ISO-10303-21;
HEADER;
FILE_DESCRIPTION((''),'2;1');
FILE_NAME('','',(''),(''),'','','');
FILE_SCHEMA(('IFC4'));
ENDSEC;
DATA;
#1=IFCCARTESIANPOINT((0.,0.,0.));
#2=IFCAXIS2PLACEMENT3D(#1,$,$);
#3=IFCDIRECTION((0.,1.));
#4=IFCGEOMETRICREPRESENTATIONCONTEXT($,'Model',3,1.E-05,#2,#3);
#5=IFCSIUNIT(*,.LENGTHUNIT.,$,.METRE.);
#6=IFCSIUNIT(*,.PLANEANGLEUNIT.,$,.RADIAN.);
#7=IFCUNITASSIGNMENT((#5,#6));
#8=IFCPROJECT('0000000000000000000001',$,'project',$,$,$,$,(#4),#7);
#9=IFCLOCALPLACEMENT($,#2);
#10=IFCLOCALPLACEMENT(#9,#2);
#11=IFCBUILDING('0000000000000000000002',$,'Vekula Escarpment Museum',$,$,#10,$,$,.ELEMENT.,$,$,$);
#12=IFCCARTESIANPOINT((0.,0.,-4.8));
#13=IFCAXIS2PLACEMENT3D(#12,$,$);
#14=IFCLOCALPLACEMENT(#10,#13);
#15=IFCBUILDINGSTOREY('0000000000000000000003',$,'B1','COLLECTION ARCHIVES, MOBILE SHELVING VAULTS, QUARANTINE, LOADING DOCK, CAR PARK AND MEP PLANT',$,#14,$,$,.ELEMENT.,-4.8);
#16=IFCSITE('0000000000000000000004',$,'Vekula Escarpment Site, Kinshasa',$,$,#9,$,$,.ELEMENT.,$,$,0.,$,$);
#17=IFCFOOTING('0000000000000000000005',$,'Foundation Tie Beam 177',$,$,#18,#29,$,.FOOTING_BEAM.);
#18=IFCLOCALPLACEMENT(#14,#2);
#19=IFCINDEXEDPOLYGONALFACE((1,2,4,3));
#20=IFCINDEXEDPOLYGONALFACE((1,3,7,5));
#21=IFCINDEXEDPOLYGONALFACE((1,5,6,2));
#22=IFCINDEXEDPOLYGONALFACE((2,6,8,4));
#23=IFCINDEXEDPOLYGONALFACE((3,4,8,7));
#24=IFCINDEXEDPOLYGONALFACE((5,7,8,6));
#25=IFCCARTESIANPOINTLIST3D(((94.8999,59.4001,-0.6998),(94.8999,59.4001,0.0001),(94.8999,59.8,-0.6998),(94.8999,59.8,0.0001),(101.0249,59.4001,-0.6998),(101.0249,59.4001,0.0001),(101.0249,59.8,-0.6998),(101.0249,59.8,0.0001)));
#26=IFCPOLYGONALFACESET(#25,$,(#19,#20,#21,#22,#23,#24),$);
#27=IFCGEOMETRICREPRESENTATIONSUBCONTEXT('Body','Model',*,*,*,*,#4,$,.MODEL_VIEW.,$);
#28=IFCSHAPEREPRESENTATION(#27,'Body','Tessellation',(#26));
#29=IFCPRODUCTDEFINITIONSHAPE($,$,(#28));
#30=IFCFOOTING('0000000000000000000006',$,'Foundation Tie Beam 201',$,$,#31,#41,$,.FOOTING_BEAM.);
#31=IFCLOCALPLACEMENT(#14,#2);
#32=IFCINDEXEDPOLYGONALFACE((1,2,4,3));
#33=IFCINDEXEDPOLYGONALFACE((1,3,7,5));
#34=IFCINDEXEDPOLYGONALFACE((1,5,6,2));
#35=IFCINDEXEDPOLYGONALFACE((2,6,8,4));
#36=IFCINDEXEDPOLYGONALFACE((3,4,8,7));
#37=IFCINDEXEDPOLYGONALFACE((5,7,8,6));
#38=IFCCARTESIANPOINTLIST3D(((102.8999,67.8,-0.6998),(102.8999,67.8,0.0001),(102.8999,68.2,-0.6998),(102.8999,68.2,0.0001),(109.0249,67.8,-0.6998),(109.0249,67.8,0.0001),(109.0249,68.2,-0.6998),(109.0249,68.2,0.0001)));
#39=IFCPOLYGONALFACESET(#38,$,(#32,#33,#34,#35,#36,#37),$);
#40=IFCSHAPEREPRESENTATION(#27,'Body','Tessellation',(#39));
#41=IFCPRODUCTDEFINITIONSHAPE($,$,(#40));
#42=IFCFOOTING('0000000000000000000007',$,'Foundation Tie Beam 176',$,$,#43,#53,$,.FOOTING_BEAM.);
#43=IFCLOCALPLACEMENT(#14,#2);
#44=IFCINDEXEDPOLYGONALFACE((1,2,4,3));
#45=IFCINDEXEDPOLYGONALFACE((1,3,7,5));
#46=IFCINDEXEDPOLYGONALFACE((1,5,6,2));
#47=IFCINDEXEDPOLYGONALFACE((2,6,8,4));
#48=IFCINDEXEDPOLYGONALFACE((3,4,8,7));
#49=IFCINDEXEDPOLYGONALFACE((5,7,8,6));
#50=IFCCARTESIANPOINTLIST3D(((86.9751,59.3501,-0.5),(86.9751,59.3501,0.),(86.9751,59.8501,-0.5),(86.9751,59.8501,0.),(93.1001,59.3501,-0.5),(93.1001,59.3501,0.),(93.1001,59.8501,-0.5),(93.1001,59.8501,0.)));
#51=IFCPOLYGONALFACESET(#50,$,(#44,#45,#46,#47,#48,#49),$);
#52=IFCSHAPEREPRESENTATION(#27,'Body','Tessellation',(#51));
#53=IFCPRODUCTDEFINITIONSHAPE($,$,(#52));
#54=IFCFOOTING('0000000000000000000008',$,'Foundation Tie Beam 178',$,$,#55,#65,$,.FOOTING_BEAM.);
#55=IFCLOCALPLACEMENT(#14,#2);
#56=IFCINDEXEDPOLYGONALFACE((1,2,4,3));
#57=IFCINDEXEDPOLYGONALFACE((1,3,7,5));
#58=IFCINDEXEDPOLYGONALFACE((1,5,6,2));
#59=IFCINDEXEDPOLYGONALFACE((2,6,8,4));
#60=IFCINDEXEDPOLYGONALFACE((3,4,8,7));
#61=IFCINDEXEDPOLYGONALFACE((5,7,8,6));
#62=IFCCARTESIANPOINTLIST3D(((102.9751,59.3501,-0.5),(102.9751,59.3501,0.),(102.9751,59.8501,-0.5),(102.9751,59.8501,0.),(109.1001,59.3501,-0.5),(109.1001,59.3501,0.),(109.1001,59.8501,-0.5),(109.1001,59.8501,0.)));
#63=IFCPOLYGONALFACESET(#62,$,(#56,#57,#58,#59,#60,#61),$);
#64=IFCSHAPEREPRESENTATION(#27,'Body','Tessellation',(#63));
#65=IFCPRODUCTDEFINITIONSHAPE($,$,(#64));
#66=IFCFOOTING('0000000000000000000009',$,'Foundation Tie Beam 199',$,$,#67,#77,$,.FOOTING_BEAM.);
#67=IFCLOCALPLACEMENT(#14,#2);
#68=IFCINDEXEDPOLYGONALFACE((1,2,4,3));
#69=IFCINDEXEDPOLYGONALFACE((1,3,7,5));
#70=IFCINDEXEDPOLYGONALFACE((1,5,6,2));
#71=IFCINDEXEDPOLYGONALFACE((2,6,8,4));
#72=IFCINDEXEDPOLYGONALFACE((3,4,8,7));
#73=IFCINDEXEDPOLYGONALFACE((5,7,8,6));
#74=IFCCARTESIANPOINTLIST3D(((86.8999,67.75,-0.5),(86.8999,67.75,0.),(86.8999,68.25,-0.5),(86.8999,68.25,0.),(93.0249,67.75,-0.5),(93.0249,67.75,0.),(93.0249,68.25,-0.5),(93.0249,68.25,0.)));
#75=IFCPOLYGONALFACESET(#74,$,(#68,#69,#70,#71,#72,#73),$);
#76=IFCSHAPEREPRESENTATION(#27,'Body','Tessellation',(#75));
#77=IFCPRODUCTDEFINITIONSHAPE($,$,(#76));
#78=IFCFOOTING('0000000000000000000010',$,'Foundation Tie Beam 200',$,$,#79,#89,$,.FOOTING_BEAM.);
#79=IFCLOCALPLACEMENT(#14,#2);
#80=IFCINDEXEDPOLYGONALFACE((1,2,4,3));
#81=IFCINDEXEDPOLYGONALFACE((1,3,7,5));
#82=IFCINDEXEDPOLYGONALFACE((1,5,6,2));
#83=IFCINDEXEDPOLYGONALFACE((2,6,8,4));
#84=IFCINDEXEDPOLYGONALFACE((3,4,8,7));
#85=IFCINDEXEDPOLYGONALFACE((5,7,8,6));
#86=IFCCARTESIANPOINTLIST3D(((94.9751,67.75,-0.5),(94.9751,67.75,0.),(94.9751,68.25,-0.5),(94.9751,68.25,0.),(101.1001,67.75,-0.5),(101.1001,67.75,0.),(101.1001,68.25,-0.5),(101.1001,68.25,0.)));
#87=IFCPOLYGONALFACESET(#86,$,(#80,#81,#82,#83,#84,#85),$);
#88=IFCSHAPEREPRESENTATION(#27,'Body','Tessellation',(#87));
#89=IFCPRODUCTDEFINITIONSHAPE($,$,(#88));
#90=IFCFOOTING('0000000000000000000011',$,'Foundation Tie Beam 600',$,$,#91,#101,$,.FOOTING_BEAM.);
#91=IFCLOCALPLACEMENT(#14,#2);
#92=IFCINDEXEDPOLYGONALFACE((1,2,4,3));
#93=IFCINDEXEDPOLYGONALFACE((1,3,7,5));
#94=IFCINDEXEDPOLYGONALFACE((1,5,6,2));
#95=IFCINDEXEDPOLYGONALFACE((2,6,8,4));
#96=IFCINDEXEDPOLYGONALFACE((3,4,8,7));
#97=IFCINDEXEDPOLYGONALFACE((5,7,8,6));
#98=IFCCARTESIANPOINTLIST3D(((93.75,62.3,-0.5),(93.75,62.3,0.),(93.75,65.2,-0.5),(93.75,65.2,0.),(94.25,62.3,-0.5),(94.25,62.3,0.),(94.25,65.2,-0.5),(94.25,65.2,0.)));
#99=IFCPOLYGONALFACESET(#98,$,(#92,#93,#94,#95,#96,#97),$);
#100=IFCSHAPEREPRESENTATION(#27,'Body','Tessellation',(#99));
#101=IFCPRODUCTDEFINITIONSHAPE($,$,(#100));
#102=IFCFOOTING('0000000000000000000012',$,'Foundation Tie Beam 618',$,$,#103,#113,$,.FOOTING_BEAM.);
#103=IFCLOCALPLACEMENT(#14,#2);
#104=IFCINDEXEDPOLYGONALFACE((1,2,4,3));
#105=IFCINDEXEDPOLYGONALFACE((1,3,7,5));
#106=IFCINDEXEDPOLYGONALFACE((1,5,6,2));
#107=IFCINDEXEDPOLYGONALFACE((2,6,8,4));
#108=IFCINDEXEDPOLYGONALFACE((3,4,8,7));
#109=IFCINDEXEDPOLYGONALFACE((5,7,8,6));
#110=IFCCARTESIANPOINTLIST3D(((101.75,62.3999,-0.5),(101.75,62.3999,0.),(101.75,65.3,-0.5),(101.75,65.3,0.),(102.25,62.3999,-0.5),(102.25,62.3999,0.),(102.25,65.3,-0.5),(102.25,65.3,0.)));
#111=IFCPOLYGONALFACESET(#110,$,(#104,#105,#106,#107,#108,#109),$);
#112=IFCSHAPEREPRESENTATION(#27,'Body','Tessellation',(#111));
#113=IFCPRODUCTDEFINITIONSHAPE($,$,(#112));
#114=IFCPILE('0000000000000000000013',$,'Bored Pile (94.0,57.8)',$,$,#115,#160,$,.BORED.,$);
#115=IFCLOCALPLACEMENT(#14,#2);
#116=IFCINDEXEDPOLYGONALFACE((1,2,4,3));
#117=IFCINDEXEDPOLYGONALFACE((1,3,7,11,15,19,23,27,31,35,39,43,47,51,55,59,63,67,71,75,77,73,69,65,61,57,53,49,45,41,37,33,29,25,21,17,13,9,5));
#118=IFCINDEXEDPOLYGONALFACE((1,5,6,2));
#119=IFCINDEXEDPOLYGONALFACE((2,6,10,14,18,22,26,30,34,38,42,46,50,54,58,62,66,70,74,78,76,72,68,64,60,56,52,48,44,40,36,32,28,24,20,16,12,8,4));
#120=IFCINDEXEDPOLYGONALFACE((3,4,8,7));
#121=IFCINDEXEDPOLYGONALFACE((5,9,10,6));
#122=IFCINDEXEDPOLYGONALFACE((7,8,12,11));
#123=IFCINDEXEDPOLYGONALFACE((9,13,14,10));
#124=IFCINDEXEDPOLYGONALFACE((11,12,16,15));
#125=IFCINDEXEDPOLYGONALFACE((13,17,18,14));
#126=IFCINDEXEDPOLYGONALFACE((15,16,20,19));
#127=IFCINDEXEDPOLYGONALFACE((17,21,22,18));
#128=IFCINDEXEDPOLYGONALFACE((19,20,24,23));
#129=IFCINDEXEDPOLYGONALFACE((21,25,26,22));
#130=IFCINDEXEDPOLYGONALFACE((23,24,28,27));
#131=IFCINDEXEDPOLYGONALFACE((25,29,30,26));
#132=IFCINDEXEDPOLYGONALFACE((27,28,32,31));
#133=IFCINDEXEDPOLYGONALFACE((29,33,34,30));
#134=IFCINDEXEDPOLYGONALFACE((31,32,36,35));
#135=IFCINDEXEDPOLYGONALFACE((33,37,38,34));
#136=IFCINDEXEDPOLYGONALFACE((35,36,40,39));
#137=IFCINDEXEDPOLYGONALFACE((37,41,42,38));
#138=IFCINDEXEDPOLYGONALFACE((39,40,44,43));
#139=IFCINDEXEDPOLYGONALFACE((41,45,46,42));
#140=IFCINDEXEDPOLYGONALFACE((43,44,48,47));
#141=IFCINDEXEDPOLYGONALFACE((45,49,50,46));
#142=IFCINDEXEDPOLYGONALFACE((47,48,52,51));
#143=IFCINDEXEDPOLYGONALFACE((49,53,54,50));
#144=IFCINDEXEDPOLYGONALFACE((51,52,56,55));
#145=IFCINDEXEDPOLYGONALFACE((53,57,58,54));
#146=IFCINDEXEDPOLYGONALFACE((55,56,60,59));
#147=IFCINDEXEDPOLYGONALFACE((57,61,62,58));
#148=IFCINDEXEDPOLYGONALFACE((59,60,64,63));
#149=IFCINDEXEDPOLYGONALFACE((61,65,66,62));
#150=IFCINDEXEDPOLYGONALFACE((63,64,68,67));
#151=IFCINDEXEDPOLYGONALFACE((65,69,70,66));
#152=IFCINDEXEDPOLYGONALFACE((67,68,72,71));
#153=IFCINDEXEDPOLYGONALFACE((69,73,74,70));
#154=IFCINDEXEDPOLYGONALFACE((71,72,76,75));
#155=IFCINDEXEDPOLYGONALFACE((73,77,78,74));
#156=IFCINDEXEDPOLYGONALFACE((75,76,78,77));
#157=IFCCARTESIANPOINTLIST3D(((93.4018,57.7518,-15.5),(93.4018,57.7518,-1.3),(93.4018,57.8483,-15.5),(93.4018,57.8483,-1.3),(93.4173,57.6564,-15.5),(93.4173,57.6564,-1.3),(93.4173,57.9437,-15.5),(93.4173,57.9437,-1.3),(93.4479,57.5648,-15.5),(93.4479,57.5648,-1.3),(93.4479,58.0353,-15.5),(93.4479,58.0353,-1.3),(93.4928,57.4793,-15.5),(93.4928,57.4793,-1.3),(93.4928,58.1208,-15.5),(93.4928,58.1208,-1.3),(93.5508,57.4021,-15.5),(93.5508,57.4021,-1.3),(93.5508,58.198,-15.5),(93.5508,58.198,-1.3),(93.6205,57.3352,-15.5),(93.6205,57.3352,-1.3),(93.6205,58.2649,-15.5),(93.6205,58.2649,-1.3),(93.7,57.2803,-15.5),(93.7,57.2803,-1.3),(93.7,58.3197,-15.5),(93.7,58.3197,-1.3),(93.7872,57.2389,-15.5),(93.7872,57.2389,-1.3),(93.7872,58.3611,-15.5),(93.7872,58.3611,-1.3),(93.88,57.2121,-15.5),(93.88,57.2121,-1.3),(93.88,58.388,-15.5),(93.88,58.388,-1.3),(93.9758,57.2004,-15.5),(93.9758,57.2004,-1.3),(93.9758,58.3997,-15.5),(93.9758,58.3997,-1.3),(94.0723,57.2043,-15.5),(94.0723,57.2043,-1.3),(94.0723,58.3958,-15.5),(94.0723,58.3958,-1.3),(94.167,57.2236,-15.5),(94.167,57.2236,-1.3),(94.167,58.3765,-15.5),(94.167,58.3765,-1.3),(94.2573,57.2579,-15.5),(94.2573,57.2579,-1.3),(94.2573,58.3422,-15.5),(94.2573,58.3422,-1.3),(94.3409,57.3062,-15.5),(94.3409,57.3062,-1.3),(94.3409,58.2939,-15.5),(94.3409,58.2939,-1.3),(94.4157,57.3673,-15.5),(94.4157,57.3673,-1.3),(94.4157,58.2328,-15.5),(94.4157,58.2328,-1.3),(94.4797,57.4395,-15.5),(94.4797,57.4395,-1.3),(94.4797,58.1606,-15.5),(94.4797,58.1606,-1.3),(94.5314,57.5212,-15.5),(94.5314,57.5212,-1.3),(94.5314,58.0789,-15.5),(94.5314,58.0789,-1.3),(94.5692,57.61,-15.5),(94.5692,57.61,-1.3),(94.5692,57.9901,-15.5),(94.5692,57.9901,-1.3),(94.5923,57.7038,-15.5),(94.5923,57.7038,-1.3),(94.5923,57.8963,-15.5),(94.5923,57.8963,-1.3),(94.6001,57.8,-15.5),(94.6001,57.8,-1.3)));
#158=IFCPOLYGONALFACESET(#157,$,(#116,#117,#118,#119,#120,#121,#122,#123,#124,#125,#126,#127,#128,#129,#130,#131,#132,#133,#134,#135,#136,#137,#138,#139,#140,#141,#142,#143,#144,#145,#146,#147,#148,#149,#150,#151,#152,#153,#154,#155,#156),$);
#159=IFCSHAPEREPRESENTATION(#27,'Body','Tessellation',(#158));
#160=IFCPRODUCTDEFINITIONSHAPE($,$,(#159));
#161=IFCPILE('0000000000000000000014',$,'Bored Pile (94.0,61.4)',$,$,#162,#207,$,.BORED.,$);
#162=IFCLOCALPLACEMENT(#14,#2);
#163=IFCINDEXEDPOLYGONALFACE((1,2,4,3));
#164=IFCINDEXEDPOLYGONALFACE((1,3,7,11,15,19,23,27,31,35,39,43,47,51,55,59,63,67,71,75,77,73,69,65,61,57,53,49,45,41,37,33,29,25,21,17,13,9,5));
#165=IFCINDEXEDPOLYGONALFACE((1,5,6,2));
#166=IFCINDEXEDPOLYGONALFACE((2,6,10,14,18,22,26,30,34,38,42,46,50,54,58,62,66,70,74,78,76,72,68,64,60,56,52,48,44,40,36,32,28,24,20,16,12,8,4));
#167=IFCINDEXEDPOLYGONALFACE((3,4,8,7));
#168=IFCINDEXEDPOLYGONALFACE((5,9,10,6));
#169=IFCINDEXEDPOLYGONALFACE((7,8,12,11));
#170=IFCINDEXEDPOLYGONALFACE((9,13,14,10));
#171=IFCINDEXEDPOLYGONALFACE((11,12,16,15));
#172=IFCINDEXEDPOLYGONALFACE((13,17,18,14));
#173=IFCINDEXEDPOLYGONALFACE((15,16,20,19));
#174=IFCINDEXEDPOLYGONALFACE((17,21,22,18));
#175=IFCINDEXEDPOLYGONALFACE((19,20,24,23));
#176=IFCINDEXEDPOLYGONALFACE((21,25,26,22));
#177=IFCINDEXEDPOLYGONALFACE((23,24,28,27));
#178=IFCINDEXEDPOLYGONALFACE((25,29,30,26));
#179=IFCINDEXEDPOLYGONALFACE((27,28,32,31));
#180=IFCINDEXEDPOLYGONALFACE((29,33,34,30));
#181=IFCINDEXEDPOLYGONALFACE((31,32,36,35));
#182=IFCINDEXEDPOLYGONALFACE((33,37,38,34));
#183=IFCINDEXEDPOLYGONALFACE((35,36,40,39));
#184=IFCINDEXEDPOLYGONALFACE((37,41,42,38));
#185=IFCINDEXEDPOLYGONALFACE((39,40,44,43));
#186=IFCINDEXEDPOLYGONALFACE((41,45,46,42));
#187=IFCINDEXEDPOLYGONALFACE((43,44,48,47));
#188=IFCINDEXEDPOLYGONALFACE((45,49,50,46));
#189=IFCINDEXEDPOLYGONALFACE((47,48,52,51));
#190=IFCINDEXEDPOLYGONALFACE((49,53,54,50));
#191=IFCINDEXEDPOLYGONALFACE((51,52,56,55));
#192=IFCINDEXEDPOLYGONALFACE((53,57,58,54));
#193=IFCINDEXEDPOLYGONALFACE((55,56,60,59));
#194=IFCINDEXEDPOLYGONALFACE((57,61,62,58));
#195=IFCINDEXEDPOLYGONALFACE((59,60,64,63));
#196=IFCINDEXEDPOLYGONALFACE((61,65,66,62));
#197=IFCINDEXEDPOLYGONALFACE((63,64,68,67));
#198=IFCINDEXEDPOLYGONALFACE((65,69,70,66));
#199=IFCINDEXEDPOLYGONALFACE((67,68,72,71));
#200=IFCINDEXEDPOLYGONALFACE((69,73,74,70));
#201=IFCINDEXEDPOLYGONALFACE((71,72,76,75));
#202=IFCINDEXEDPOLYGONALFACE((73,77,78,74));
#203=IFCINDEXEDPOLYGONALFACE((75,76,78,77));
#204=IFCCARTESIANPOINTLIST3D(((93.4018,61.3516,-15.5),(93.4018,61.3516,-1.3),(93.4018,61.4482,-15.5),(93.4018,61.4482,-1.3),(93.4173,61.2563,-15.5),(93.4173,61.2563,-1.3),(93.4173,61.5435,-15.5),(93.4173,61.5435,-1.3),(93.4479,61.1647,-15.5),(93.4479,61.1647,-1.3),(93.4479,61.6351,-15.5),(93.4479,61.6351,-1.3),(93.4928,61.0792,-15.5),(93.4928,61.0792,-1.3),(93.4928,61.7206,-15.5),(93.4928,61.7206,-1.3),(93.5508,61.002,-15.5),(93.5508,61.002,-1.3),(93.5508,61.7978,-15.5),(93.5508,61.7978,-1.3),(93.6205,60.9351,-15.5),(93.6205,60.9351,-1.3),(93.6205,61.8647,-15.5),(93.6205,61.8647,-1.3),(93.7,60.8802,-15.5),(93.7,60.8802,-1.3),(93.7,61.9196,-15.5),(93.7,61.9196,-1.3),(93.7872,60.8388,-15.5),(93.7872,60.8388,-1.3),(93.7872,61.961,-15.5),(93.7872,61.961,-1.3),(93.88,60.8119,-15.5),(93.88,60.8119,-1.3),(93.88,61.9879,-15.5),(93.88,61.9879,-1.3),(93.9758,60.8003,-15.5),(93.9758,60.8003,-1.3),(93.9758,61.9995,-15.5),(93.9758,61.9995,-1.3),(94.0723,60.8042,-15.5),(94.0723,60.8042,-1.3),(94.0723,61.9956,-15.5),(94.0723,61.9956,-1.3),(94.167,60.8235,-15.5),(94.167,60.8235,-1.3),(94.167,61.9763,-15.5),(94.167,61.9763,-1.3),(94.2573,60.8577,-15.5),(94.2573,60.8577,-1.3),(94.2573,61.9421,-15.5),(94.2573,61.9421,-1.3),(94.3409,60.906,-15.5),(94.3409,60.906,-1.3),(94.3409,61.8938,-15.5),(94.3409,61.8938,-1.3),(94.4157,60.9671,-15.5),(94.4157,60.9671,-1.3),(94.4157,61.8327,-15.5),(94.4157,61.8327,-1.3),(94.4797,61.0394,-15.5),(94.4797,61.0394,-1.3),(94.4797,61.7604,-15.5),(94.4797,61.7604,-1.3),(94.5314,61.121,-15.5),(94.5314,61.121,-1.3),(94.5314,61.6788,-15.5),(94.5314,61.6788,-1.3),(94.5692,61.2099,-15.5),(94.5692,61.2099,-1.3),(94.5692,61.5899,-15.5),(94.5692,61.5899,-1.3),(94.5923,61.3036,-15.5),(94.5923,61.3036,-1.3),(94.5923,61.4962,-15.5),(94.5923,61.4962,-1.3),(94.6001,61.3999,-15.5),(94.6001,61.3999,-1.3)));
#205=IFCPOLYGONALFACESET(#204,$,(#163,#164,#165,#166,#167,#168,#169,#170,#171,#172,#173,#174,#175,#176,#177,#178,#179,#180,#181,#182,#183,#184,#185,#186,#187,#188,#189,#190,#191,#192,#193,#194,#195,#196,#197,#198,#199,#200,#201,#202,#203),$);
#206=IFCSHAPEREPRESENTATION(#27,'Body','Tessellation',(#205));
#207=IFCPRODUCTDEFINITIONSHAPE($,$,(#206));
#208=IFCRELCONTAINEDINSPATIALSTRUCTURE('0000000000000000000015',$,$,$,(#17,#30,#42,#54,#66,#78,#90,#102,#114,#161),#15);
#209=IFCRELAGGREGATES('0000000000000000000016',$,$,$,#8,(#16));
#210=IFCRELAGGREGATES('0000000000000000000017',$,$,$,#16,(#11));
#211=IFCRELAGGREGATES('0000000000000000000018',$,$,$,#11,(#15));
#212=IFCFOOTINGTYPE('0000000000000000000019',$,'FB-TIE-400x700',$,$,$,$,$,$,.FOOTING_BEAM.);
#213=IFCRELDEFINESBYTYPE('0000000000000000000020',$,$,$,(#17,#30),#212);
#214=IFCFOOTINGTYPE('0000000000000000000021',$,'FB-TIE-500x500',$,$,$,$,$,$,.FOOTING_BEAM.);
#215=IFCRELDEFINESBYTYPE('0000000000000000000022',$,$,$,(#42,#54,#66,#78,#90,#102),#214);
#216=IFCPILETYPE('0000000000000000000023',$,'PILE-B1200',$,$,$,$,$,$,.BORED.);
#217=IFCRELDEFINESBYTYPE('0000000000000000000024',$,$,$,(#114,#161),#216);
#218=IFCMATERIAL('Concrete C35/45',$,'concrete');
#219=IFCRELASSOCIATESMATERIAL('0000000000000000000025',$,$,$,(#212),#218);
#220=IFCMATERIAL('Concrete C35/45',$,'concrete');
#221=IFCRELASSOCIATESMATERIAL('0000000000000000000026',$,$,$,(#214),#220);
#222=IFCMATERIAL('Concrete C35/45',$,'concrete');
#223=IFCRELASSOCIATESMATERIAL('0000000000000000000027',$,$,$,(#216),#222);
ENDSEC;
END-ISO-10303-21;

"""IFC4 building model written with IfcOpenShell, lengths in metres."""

from ifc_helpers import new_model, si_unit, direction, frame, origin, origin_2d, place, context, subcontext, project, spatial, rectangle, circle, extrude, material, material_profile, profile_set, type_object, element, save


model = new_model("IFC4")

# Units and contexts
model_context = context("Model", 3, precision=1e-05, world=origin(), true_north=direction((0.0, 1.0)))
body_context = subcontext(model_context, "Body", "Model", "MODEL_VIEW")
ifc_project = project(units=[si_unit("LENGTHUNIT", "METRE"), si_unit("PLANEANGLEUNIT", "RADIAN")], contexts=[model_context])

# Site, building, storey
site_placement = place(None, origin())
site = spatial("IfcSite", under=ifc_project, at=site_placement, Name="Vekula Escarpment Site, Kinshasa", CompositionType="ELEMENT", RefElevation=0.0)
building_placement = place(site_placement, origin())
building = spatial("IfcBuilding", under=site, at=building_placement, Name="Vekula Escarpment Museum", CompositionType="ELEMENT")
storey_placement = place(building_placement, frame((0.0, 0.0, -4.8)))
storey = spatial("IfcBuildingStorey", under=building, at=storey_placement, Name="B1", Description="COLLECTION ARCHIVES, MOBILE SHELVING VAULTS, QUARANTINE, LOADING DOCK, CAR PARK AND MEP PLANT", CompositionType="ELEMENT", Elevation=-4.8)

# Footings
ifc_material_1 = material(Name="Concrete C35/45", Category="concrete")
ifc_material_profile_1 = material_profile(ifc_material_1, rectangle(XDim=0.3999, YDim=0.7, at=origin_2d()), Name="RC 400x700")
ifc_profile_set_1 = profile_set([ifc_material_profile_1], Name="Concrete C35/45")
footing_type_1 = type_object("IfcFootingType", Name="FB-TIE-400x700", PredefinedType="FOOTING_BEAM", material=ifc_profile_set_1)
for number, where, z_axis, x_axis, name in (
    (1, (94.8999, 59.6001, -0.3499), (1.0, 0.0, 0.0), (0.0, 1.0, 0.0), "Foundation Tie Beam 177"),
    (2, (102.8999, 68.0, -0.3499), (1.0, 0.0, 0.0), (0.0, 1.0, 0.0), "Foundation Tie Beam 201"),
):
    element("IfcFooting", number, at=place(storey_placement, frame(where, z_axis=z_axis, x_axis=x_axis)), inside=storey, type_object=footing_type_1, Name=name, PredefinedType="FOOTING_BEAM", context=body_context, shape_type="SweptSolid", body=[
        extrude(rectangle(XDim=0.3999, YDim=0.7, at=origin_2d()), origin(), (0.0, 0.0, 1.0), 6.125),
    ])
ifc_material_2 = material(Name="Concrete C35/45", Category="concrete")
ifc_material_profile_2 = material_profile(ifc_material_2, rectangle(XDim=0.5, YDim=0.5, at=origin_2d()), Name="RC 500x500")
ifc_profile_set_2 = profile_set([ifc_material_profile_2], Name="Concrete C35/45")
footing_type_2 = type_object("IfcFootingType", Name="FB-TIE-500x500", PredefinedType="FOOTING_BEAM", material=ifc_profile_set_2)
for number, where, z_axis, x_axis, name in (
    (3, (86.9751, 59.6001, -0.25), (1.0, 0.0, 0.0), (0.0, 1.0, 0.0), "Foundation Tie Beam 176"),
    (4, (102.9751, 59.6001, -0.25), (1.0, 0.0, 0.0), (0.0, 1.0, 0.0), "Foundation Tie Beam 178"),
    (5, (86.8999, 68.0, -0.25), (1.0, 0.0, 0.0), (0.0, 1.0, 0.0), "Foundation Tie Beam 199"),
    (6, (94.9751, 68.0, -0.25), (1.0, 0.0, 0.0), (0.0, 1.0, 0.0), "Foundation Tie Beam 200"),
):
    element("IfcFooting", number, at=place(storey_placement, frame(where, z_axis=z_axis, x_axis=x_axis)), inside=storey, type_object=footing_type_2, Name=name, PredefinedType="FOOTING_BEAM", context=body_context, shape_type="SweptSolid", body=[
        extrude(rectangle(XDim=0.5, YDim=0.5, at=origin_2d()), origin(), (0.0, 0.0, 1.0), 6.125),
    ])
footing_1_placement = place(storey_placement, frame((94.0, 62.3, -0.25), z_axis=(0.0, 1.0, 0.0), x_axis=(-1.0, 0.0, 0.0)))
element("IfcFooting", 7, at=footing_1_placement, inside=storey, type_object=footing_type_2, Name="Foundation Tie Beam 600", PredefinedType="FOOTING_BEAM", context=body_context, shape_type="SweptSolid", body=[
    extrude(rectangle(XDim=0.5, YDim=0.5, at=origin_2d()), origin(), (0.0, 0.0, 1.0), 2.8999),
])
footing_2_placement = place(storey_placement, frame((102.0, 62.3999, -0.25), z_axis=(0.0, 1.0, 0.0), x_axis=(-1.0, 0.0, 0.0)))
element("IfcFooting", 8, at=footing_2_placement, inside=storey, type_object=footing_type_2, Name="Foundation Tie Beam 618", PredefinedType="FOOTING_BEAM", context=body_context, shape_type="SweptSolid", body=[
    extrude(rectangle(XDim=0.5, YDim=0.5, at=origin_2d()), origin(), (0.0, 0.0, 1.0), 2.9001),
])

# Piles
ifc_material_3 = material(Name="Concrete C35/45", Category="concrete")
ifc_material_profile_3 = material_profile(ifc_material_3, circle(Radius=0.6001, at=origin_2d()), Name="BORED PILE 1200")
ifc_profile_set_3 = profile_set([ifc_material_profile_3], Name="Concrete C35/45")
pile_type = type_object("IfcPileType", Name="PILE-B1200", PredefinedType="BORED", material=ifc_profile_set_3)
for number, where, z_axis, x_axis, name in (
    (9, (94.0, 57.8, -1.3), (0.0, 0.0, -1.0), (1.0, 0.0, 0.0), "Bored Pile (94.0,57.8)"),
    (10, (94.0, 61.3999, -1.3), (0.0, 0.0, -1.0), (1.0, 0.0, 0.0), "Bored Pile (94.0,61.4)"),
):
    element("IfcPile", number, at=place(storey_placement, frame(where, z_axis=z_axis, x_axis=x_axis)), inside=storey, type_object=pile_type, Name=name, PredefinedType="BORED", context=body_context, shape_type="SweptSolid", body=[
        extrude(circle(Radius=0.6001, at=origin_2d()), origin(), (0.0, 0.0, 1.0), 14.2),
    ])

save(model, "model.ifc")
